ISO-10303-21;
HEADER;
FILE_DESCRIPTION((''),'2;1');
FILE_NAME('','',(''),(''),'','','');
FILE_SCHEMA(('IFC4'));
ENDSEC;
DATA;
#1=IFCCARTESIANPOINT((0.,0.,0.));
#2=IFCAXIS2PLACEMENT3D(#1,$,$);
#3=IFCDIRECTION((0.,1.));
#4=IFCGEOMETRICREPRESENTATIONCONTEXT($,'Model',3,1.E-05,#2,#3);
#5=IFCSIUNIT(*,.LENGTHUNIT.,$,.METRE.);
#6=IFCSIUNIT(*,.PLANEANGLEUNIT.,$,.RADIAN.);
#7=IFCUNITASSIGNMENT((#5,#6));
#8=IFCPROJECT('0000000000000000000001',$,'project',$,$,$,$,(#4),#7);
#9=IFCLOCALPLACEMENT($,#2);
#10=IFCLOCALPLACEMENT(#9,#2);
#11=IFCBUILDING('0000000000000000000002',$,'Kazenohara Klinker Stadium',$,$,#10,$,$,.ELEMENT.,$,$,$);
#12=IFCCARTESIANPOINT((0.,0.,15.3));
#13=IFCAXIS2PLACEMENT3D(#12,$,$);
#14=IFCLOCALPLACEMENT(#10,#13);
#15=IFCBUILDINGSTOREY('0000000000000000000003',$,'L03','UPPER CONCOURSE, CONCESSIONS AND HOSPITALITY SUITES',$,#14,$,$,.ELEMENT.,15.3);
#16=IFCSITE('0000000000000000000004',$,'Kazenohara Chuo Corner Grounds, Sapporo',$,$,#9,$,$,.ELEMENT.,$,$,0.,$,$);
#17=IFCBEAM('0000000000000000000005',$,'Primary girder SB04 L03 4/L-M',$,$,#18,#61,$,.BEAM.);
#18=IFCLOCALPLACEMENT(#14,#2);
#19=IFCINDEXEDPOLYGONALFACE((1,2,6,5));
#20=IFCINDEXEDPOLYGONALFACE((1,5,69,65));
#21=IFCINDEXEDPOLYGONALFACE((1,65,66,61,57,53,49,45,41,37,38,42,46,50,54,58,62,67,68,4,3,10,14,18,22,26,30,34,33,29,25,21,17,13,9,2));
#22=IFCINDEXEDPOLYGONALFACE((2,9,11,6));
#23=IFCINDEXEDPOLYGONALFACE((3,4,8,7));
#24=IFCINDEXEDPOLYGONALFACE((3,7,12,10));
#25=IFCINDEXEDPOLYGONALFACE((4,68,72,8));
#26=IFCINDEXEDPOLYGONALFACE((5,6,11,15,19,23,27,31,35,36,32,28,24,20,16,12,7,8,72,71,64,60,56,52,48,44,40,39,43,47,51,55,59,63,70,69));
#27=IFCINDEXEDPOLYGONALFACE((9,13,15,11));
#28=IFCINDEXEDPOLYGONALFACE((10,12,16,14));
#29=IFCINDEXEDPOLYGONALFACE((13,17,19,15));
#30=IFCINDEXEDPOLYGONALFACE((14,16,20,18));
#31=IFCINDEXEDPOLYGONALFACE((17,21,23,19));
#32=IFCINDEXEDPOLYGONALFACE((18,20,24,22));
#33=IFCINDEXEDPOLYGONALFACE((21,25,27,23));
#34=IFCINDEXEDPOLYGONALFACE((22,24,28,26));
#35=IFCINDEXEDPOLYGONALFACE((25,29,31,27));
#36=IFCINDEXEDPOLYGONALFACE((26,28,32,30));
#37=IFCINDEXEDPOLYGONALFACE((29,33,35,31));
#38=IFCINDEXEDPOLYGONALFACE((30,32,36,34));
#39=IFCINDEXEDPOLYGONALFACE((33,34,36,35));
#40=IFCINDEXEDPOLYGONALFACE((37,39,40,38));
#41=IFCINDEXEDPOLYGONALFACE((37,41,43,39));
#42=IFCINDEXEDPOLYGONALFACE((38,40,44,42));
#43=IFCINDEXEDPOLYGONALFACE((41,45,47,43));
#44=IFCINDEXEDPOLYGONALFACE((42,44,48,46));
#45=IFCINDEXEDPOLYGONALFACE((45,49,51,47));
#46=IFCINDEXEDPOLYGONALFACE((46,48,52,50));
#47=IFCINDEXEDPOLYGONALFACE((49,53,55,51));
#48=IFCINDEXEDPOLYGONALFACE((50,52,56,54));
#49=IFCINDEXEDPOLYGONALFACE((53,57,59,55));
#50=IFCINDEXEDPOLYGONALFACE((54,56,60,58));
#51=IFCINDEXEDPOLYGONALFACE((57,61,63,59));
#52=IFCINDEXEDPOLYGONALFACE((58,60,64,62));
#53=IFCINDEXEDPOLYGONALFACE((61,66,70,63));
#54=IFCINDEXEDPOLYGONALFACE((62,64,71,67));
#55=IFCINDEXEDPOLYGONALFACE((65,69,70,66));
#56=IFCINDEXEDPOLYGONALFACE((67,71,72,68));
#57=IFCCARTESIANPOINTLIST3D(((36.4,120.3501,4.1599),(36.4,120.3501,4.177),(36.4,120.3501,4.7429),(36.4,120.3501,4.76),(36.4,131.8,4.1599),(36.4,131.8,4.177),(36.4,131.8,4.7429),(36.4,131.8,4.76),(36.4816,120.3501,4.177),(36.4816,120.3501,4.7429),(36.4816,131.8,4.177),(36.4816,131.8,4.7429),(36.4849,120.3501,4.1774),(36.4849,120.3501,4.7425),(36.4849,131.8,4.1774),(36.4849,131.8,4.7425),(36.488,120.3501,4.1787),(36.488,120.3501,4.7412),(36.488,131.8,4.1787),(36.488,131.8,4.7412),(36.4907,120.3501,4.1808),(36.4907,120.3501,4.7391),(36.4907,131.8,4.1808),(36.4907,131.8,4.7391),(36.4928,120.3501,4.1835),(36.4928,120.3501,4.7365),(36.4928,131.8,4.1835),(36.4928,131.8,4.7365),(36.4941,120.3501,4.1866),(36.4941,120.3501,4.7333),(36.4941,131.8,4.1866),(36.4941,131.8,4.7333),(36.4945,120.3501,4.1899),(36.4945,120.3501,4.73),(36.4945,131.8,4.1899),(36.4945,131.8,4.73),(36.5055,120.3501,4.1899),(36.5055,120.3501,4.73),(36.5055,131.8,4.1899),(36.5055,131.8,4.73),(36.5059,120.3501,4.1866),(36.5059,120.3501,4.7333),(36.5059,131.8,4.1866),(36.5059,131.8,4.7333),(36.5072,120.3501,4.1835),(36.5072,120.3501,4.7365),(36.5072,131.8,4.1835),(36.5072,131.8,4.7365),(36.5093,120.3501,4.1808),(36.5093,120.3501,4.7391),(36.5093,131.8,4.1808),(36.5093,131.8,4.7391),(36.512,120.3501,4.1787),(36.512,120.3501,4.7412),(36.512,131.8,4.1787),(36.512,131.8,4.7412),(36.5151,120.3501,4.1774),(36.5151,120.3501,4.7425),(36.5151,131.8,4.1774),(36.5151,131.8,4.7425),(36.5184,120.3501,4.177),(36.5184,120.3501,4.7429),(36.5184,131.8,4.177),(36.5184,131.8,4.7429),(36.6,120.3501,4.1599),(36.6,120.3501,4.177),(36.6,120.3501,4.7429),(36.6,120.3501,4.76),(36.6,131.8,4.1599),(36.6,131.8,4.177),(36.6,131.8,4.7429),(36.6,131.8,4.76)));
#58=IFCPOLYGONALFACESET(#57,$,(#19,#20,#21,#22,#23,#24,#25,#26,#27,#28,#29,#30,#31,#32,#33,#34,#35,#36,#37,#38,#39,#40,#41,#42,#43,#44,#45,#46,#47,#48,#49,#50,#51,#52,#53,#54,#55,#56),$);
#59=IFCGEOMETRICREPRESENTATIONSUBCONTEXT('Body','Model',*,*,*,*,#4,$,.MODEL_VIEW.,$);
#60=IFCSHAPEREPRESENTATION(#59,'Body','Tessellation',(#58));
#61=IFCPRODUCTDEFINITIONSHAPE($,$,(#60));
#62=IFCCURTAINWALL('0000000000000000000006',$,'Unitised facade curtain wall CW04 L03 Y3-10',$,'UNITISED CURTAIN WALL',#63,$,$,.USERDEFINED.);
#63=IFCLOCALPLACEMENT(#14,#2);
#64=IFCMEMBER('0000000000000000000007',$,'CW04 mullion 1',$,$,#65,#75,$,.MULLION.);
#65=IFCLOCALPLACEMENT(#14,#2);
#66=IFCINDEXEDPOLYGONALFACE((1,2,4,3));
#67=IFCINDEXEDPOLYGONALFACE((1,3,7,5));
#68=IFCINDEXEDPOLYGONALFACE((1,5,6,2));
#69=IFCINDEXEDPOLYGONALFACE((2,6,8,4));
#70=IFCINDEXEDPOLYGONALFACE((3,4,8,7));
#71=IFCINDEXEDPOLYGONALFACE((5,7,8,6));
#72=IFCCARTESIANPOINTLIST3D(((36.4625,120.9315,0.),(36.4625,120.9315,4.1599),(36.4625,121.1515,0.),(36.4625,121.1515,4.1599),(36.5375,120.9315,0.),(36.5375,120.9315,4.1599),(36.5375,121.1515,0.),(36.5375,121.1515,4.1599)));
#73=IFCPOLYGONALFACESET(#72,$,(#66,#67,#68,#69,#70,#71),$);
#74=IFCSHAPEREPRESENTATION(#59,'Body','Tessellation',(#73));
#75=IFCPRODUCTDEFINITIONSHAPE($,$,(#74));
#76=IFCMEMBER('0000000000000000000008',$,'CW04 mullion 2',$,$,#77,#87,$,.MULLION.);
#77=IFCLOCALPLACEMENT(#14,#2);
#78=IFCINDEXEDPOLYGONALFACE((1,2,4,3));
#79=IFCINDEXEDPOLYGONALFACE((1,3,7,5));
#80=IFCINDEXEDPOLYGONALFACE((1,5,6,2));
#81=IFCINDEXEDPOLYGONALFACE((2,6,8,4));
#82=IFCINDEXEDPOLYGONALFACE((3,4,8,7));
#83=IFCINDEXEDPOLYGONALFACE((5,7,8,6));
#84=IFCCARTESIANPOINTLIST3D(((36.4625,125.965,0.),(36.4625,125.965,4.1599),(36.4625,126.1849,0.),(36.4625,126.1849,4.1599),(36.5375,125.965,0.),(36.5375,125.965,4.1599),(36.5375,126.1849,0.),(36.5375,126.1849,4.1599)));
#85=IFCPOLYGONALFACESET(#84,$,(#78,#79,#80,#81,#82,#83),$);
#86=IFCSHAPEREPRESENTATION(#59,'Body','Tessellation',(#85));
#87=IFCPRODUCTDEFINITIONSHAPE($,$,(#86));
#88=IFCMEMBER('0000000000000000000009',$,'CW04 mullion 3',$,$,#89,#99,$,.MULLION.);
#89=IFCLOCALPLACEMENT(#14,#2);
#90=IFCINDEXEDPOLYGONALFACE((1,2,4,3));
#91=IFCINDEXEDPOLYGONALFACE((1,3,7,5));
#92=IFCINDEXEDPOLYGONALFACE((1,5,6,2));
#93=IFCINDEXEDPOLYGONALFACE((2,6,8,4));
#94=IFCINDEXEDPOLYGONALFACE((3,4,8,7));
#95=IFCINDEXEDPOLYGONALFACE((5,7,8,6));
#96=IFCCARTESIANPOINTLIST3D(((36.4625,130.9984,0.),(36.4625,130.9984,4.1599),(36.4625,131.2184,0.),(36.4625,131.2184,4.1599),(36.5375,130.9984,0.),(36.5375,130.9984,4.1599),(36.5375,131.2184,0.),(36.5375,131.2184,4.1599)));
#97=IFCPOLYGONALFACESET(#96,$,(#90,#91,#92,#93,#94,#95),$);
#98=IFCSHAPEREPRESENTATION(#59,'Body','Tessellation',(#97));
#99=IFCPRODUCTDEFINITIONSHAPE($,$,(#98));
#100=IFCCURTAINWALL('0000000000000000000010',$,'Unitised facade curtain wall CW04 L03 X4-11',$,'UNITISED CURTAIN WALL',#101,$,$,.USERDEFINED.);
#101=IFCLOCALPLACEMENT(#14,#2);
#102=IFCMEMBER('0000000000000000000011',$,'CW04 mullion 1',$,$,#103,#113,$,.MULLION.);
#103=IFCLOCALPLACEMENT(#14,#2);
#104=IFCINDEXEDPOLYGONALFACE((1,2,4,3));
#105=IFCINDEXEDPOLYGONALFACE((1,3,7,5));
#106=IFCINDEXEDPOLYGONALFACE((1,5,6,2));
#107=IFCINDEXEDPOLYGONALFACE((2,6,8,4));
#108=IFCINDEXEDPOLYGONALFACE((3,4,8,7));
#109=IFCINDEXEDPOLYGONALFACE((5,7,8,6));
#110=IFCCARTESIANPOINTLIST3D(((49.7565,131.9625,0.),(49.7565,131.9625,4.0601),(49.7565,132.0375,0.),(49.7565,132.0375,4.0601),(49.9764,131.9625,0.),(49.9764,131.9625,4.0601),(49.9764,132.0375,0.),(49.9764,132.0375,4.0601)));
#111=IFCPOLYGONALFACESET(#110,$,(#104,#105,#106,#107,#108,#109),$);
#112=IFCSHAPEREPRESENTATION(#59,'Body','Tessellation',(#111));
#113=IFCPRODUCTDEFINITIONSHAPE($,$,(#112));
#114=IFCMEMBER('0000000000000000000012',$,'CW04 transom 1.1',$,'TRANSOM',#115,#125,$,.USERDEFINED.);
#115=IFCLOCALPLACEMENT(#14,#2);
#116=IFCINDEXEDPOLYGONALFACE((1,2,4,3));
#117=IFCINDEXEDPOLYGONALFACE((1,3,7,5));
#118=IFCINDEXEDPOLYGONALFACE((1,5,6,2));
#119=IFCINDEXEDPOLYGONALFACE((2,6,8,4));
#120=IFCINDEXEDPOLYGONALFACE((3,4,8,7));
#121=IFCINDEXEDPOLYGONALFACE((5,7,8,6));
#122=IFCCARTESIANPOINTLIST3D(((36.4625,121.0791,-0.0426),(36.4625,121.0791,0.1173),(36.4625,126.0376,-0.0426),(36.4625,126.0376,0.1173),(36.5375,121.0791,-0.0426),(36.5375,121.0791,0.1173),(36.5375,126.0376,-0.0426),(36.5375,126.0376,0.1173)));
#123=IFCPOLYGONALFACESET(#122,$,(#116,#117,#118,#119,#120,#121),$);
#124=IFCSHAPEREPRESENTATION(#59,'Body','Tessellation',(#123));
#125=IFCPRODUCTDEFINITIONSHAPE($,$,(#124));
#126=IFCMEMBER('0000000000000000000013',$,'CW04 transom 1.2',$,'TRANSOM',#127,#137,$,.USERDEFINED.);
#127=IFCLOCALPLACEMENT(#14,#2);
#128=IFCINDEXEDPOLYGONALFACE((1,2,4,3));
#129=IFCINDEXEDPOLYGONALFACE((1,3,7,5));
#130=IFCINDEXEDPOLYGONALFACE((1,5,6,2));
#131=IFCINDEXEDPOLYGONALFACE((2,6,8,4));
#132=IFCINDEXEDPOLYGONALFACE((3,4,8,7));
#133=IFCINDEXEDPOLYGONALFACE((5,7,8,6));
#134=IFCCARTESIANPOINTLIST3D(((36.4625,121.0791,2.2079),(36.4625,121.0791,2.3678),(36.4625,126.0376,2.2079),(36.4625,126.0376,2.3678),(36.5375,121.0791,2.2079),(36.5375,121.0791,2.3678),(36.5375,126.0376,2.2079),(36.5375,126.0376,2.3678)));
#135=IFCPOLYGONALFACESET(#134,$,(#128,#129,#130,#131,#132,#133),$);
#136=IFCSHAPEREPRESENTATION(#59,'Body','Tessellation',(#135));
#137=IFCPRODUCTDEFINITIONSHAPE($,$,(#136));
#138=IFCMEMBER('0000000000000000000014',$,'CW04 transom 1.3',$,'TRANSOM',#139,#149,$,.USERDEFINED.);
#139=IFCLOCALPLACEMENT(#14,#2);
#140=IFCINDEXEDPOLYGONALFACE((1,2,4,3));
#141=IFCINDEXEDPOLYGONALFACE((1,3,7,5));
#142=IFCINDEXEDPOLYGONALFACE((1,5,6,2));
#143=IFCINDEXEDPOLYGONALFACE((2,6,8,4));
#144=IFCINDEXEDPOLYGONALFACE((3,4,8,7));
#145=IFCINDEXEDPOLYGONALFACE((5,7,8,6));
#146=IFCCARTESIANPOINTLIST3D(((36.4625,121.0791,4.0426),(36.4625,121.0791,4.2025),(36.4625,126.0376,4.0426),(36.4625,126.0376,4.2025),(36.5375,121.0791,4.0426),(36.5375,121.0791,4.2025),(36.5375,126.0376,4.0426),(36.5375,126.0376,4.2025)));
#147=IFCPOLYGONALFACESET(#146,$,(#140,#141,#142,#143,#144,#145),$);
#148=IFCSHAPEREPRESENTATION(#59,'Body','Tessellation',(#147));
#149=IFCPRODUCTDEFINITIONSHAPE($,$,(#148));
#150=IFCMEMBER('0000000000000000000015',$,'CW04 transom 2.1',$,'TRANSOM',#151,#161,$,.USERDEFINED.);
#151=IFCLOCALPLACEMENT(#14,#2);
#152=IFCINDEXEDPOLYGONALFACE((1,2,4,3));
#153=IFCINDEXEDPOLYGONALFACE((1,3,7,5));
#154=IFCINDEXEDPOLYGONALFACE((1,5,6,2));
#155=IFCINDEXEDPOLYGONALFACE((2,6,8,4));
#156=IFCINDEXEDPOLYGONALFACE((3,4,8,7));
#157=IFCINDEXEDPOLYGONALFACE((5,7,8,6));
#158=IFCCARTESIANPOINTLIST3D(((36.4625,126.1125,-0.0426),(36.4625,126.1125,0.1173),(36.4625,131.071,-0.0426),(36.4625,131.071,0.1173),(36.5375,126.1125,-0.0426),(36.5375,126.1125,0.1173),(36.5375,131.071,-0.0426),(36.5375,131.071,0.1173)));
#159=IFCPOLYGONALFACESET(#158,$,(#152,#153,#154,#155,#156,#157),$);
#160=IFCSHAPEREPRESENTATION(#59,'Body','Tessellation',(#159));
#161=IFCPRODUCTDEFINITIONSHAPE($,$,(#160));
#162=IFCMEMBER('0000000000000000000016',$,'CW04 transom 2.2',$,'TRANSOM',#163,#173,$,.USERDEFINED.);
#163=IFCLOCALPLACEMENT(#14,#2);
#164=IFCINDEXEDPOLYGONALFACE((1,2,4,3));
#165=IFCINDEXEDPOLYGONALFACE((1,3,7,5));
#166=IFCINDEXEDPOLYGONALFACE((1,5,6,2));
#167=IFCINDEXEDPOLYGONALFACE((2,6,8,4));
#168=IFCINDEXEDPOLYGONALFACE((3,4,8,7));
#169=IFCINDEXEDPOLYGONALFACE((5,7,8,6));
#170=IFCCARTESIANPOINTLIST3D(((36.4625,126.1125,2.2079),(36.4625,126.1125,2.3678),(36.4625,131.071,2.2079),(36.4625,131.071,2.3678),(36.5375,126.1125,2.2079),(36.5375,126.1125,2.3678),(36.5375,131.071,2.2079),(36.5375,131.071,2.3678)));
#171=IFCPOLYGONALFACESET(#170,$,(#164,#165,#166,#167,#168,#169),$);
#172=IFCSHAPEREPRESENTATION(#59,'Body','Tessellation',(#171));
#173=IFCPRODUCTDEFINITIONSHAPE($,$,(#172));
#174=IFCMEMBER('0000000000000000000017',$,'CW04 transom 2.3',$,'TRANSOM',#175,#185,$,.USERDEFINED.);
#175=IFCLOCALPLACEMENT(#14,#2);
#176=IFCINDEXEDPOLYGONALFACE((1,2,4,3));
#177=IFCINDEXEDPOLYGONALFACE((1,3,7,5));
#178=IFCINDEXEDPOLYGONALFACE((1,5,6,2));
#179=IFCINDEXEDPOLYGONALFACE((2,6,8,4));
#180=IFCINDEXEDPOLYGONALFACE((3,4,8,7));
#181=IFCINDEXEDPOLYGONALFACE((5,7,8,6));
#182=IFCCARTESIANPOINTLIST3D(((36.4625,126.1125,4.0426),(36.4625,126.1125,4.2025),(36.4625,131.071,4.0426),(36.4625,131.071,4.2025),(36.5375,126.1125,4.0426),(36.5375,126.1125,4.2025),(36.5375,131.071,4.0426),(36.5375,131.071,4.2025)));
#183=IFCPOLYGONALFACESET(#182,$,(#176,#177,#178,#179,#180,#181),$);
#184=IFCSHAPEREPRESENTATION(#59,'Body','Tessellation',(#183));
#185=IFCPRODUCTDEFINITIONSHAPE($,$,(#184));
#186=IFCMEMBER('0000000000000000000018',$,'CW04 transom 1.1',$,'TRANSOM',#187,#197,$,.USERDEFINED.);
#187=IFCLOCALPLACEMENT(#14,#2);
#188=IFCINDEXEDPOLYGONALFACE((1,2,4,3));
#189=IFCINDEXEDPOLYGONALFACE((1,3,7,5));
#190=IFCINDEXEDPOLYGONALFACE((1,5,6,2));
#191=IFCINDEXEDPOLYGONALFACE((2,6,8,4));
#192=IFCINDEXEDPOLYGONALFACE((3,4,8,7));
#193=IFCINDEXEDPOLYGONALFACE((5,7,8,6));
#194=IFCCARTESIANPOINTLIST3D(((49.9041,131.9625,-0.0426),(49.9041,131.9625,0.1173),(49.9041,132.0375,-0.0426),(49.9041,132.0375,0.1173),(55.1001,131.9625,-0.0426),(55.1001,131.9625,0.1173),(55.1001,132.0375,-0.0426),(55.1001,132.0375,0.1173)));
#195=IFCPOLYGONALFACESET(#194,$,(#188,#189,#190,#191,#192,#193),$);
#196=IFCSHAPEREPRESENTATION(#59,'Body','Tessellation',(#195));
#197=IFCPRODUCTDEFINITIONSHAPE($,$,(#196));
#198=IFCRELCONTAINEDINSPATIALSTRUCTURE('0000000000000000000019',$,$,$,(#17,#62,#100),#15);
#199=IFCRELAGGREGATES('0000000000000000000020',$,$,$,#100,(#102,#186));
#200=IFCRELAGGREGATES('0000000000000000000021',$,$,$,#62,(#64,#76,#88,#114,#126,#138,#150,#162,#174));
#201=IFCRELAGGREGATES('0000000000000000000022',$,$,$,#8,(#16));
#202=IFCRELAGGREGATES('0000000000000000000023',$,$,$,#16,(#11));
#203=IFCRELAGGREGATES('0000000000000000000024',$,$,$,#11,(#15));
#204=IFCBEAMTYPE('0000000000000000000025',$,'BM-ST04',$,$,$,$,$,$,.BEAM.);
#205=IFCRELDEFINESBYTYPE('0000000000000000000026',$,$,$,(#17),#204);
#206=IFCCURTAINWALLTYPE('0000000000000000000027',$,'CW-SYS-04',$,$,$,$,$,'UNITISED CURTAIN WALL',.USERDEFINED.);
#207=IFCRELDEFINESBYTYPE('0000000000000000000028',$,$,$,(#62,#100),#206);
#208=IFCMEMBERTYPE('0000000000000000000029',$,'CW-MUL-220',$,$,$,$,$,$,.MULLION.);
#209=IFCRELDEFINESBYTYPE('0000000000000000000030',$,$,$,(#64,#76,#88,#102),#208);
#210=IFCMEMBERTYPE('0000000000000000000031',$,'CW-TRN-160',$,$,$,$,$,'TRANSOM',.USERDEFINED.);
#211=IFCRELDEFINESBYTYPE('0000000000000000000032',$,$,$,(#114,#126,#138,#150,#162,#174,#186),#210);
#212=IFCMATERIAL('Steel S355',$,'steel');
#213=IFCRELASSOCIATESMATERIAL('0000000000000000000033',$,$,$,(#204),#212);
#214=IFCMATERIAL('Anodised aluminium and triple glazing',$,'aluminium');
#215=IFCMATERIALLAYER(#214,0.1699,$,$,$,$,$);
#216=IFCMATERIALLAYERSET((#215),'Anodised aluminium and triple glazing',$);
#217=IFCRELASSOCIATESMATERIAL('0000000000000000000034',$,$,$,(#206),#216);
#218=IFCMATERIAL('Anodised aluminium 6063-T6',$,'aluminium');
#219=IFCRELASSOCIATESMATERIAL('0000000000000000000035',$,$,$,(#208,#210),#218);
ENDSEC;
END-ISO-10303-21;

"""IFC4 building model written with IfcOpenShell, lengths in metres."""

from ifc_helpers import new_model, si_unit, direction, frame, origin, origin_2d, place, context, subcontext, project, spatial, rectangle, i_section, extrude, material, layer, layer_set, material_profile, profile_set, type_object, element, aggregate, save


model = new_model("IFC4")

# Units and contexts
model_context = context("Model", 3, precision=1e-05, world=origin(), true_north=direction((0.0, 1.0)))
body_context = subcontext(model_context, "Body", "Model", "MODEL_VIEW")
ifc_project = project(units=[si_unit("LENGTHUNIT", "METRE"), si_unit("PLANEANGLEUNIT", "RADIAN")], contexts=[model_context])

# Site, building, storey
site_placement = place(None, origin())
site = spatial("IfcSite", under=ifc_project, at=site_placement, Name="Kazenohara Chuo Corner Grounds, Sapporo", CompositionType="ELEMENT", RefElevation=0.0)
building_placement = place(site_placement, origin())
building = spatial("IfcBuilding", under=site, at=building_placement, Name="Kazenohara Klinker Stadium", CompositionType="ELEMENT")
storey_placement = place(building_placement, frame((0.0, 0.0, 15.3)))
storey = spatial("IfcBuildingStorey", under=building, at=storey_placement, Name="L03", Description="UPPER CONCOURSE, CONCESSIONS AND HOSPITALITY SUITES", CompositionType="ELEMENT", Elevation=15.3)

# Shared definitions
ifc_material_1 = material(Name="Steel S355", Category="steel")

# Beam
ifc_material_profile_1 = material_profile(ifc_material_1, i_section(OverallWidth=0.2, OverallDepth=0.6001, WebThickness=0.011, FlangeThickness=0.0171, FilletRadius=0.0129, at=origin_2d()), Name="H-600x200x11x17")
ifc_profile_set_1 = profile_set([ifc_material_profile_1], Name="Steel S355")
beam_type_1 = type_object("IfcBeamType", Name="BM-ST04", PredefinedType="BEAM", material=ifc_profile_set_1)
beam_1_placement = place(storey_placement, frame((36.5, 120.3501, 4.46), z_axis=(0.0, 1.0, 0.0), x_axis=(-1.0, 0.0, 0.0)))
element("IfcBeam", 1, at=beam_1_placement, inside=storey, type_object=beam_type_1, Name="Primary girder SB04 L03 4/L-M", PredefinedType="BEAM", context=body_context, shape_type="SweptSolid", body=[
    extrude(i_section(OverallWidth=0.2, OverallDepth=0.6001, WebThickness=0.011, FlangeThickness=0.0171, FilletRadius=0.0129, at=origin_2d()), origin(), (0.0, 0.0, 1.0), 11.45),
])

# Curtain wall, members
ifc_material_2 = material(Name="Anodised aluminium and triple glazing", Category="aluminium")
ifc_layer_1 = layer(ifc_material_2, 0.1699)
ifc_layer_set_1 = layer_set([ifc_layer_1], Name="Anodised aluminium and triple glazing")
curtain_wall_type = type_object("IfcCurtainWallType", Name="CW-SYS-04", ElementType="UNITISED CURTAIN WALL", PredefinedType="USERDEFINED", material=ifc_layer_set_1)
curtain_wall_1_placement = place(storey_placement, origin())
curtain_wall_1 = element("IfcCurtainWall", 2, at=curtain_wall_1_placement, inside=storey, type_object=curtain_wall_type, Name="Unitised facade curtain wall CW04 L03 Y3-10", ObjectType="UNITISED CURTAIN WALL", PredefinedType="USERDEFINED")
ifc_material_3 = material(Name="Anodised aluminium 6063-T6", Category="aluminium")
ifc_material_profile_2 = material_profile(ifc_material_3, rectangle(XDim=0.075, YDim=0.22, at=origin_2d()), Name="ALU-MUL-75x220")
ifc_profile_set_2 = profile_set([ifc_material_profile_2], Name="Anodised aluminium 6063-T6")
member_type_1 = type_object("IfcMemberType", Name="CW-MUL-220", PredefinedType="MULLION", material=ifc_profile_set_2)
member_1_placement = place(storey_placement, frame((36.5, 121.0415, 0.0), z_axis=(0.0, 0.0, 1.0), x_axis=(-1.0, 0.0, 0.0)))
member_1 = element("IfcMember", 3, at=member_1_placement, type_object=member_type_1, Name="CW04 mullion 1", PredefinedType="MULLION", context=body_context, shape_type="SweptSolid", body=[
    extrude(rectangle(XDim=0.075, YDim=0.22, at=origin_2d()), origin(), (0.0, 0.0, 1.0), 4.1599),
])
member_2_placement = place(storey_placement, frame((36.5, 126.075, 0.0), z_axis=(0.0, 0.0, 1.0), x_axis=(-1.0, 0.0, 0.0)))
member_2 = element("IfcMember", 4, at=member_2_placement, type_object=member_type_1, Name="CW04 mullion 2", PredefinedType="MULLION", context=body_context, shape_type="SweptSolid", body=[
    extrude(rectangle(XDim=0.075, YDim=0.22, at=origin_2d()), origin(), (0.0, 0.0, 1.0), 4.1599),
])
member_3_placement = place(storey_placement, frame((36.5, 131.1084, 0.0), z_axis=(0.0, 0.0, 1.0), x_axis=(-1.0, 0.0, 0.0)))
member_3 = element("IfcMember", 5, at=member_3_placement, type_object=member_type_1, Name="CW04 mullion 3", PredefinedType="MULLION", context=body_context, shape_type="SweptSolid", body=[
    extrude(rectangle(XDim=0.075, YDim=0.22, at=origin_2d()), origin(), (0.0, 0.0, 1.0), 4.1599),
])

# Curtain wall, member
curtain_wall_2_placement = place(storey_placement, origin())
curtain_wall_2 = element("IfcCurtainWall", 6, at=curtain_wall_2_placement, inside=storey, type_object=curtain_wall_type, Name="Unitised facade curtain wall CW04 L03 X4-11", ObjectType="UNITISED CURTAIN WALL", PredefinedType="USERDEFINED")
member_4_placement = place(storey_placement, frame((49.8665, 132.0, 0.0), z_axis=(0.0, 0.0, 1.0), x_axis=(0.0, 1.0, 0.0)))
member_4 = element("IfcMember", 7, at=member_4_placement, type_object=member_type_1, Name="CW04 mullion 1", PredefinedType="MULLION", context=body_context, shape_type="SweptSolid", body=[
    extrude(rectangle(XDim=0.075, YDim=0.22, at=origin_2d()), origin(), (0.0, 0.0, 1.0), 4.0601),
])

# Members
ifc_material_profile_3 = material_profile(ifc_material_3, rectangle(XDim=0.075, YDim=0.1599, at=origin_2d()), Name="ALU-TRN-75x160")
ifc_profile_set_3 = profile_set([ifc_material_profile_3], Name="Anodised aluminium 6063-T6")
member_type_2 = type_object("IfcMemberType", Name="CW-TRN-160", ElementType="TRANSOM", PredefinedType="USERDEFINED", material=ifc_profile_set_3)
member_5_placement = place(storey_placement, frame((36.5, 121.0791, 0.0374), z_axis=(0.0, 1.0, 0.0), x_axis=(-1.0, 0.0, 0.0)))
member_5 = element("IfcMember", 8, at=member_5_placement, type_object=member_type_2, Name="CW04 transom 1.1", ObjectType="TRANSOM", PredefinedType="USERDEFINED", context=body_context, shape_type="SweptSolid", body=[
    extrude(rectangle(XDim=0.075, YDim=0.1599, at=origin_2d()), origin(), (0.0, 0.0, 1.0), 4.9585),
])
member_6_placement = place(storey_placement, frame((36.5, 121.0791, 2.2878), z_axis=(0.0, 1.0, 0.0), x_axis=(-1.0, 0.0, 0.0)))
member_6 = element("IfcMember", 9, at=member_6_placement, type_object=member_type_2, Name="CW04 transom 1.2", ObjectType="TRANSOM", PredefinedType="USERDEFINED", context=body_context, shape_type="SweptSolid", body=[
    extrude(rectangle(XDim=0.075, YDim=0.1599, at=origin_2d()), origin(), (0.0, 0.0, 1.0), 4.9585),
])
member_7_placement = place(storey_placement, frame((36.5, 121.0791, 4.1226), z_axis=(0.0, 1.0, 0.0), x_axis=(-1.0, 0.0, 0.0)))
member_7 = element("IfcMember", 10, at=member_7_placement, type_object=member_type_2, Name="CW04 transom 1.3", ObjectType="TRANSOM", PredefinedType="USERDEFINED", context=body_context, shape_type="SweptSolid", body=[
    extrude(rectangle(XDim=0.075, YDim=0.1599, at=origin_2d()), origin(), (0.0, 0.0, 1.0), 4.9585),
])
member_8_placement = place(storey_placement, frame((36.5, 126.1125, 0.0374), z_axis=(0.0, 1.0, 0.0), x_axis=(-1.0, 0.0, 0.0)))
member_8 = element("IfcMember", 11, at=member_8_placement, type_object=member_type_2, Name="CW04 transom 2.1", ObjectType="TRANSOM", PredefinedType="USERDEFINED", context=body_context, shape_type="SweptSolid", body=[
    extrude(rectangle(XDim=0.075, YDim=0.1599, at=origin_2d()), origin(), (0.0, 0.0, 1.0), 4.9585),
])
member_9_placement = place(storey_placement, frame((36.5, 126.1125, 2.2878), z_axis=(0.0, 1.0, 0.0), x_axis=(-1.0, 0.0, 0.0)))
member_9 = element("IfcMember", 12, at=member_9_placement, type_object=member_type_2, Name="CW04 transom 2.2", ObjectType="TRANSOM", PredefinedType="USERDEFINED", context=body_context, shape_type="SweptSolid", body=[
    extrude(rectangle(XDim=0.075, YDim=0.1599, at=origin_2d()), origin(), (0.0, 0.0, 1.0), 4.9585),
])
member_10_placement = place(storey_placement, frame((36.5, 126.1125, 4.1226), z_axis=(0.0, 1.0, 0.0), x_axis=(-1.0, 0.0, 0.0)))
member_10 = element("IfcMember", 13, at=member_10_placement, type_object=member_type_2, Name="CW04 transom 2.3", ObjectType="TRANSOM", PredefinedType="USERDEFINED", context=body_context, shape_type="SweptSolid", body=[
    extrude(rectangle(XDim=0.075, YDim=0.1599, at=origin_2d()), origin(), (0.0, 0.0, 1.0), 4.9585),
])
member_11_placement = place(storey_placement, frame((49.9041, 132.0, 0.0374), z_axis=(1.0, 0.0, 0.0), x_axis=(0.0, 1.0, 0.0)))
member_11 = element("IfcMember", 14, at=member_11_placement, type_object=member_type_2, Name="CW04 transom 1.1", ObjectType="TRANSOM", PredefinedType="USERDEFINED", context=body_context, shape_type="SweptSolid", body=[
    extrude(rectangle(XDim=0.075, YDim=0.1599, at=origin_2d()), origin(), (0.0, 0.0, 1.0), 5.196),
])
aggregate(curtain_wall_2, [member_4, member_11])

aggregate(curtain_wall_1, [member_1, member_2, member_3, member_5, member_6, member_7, member_8, member_9, member_10])

save(model, "model.ifc")
